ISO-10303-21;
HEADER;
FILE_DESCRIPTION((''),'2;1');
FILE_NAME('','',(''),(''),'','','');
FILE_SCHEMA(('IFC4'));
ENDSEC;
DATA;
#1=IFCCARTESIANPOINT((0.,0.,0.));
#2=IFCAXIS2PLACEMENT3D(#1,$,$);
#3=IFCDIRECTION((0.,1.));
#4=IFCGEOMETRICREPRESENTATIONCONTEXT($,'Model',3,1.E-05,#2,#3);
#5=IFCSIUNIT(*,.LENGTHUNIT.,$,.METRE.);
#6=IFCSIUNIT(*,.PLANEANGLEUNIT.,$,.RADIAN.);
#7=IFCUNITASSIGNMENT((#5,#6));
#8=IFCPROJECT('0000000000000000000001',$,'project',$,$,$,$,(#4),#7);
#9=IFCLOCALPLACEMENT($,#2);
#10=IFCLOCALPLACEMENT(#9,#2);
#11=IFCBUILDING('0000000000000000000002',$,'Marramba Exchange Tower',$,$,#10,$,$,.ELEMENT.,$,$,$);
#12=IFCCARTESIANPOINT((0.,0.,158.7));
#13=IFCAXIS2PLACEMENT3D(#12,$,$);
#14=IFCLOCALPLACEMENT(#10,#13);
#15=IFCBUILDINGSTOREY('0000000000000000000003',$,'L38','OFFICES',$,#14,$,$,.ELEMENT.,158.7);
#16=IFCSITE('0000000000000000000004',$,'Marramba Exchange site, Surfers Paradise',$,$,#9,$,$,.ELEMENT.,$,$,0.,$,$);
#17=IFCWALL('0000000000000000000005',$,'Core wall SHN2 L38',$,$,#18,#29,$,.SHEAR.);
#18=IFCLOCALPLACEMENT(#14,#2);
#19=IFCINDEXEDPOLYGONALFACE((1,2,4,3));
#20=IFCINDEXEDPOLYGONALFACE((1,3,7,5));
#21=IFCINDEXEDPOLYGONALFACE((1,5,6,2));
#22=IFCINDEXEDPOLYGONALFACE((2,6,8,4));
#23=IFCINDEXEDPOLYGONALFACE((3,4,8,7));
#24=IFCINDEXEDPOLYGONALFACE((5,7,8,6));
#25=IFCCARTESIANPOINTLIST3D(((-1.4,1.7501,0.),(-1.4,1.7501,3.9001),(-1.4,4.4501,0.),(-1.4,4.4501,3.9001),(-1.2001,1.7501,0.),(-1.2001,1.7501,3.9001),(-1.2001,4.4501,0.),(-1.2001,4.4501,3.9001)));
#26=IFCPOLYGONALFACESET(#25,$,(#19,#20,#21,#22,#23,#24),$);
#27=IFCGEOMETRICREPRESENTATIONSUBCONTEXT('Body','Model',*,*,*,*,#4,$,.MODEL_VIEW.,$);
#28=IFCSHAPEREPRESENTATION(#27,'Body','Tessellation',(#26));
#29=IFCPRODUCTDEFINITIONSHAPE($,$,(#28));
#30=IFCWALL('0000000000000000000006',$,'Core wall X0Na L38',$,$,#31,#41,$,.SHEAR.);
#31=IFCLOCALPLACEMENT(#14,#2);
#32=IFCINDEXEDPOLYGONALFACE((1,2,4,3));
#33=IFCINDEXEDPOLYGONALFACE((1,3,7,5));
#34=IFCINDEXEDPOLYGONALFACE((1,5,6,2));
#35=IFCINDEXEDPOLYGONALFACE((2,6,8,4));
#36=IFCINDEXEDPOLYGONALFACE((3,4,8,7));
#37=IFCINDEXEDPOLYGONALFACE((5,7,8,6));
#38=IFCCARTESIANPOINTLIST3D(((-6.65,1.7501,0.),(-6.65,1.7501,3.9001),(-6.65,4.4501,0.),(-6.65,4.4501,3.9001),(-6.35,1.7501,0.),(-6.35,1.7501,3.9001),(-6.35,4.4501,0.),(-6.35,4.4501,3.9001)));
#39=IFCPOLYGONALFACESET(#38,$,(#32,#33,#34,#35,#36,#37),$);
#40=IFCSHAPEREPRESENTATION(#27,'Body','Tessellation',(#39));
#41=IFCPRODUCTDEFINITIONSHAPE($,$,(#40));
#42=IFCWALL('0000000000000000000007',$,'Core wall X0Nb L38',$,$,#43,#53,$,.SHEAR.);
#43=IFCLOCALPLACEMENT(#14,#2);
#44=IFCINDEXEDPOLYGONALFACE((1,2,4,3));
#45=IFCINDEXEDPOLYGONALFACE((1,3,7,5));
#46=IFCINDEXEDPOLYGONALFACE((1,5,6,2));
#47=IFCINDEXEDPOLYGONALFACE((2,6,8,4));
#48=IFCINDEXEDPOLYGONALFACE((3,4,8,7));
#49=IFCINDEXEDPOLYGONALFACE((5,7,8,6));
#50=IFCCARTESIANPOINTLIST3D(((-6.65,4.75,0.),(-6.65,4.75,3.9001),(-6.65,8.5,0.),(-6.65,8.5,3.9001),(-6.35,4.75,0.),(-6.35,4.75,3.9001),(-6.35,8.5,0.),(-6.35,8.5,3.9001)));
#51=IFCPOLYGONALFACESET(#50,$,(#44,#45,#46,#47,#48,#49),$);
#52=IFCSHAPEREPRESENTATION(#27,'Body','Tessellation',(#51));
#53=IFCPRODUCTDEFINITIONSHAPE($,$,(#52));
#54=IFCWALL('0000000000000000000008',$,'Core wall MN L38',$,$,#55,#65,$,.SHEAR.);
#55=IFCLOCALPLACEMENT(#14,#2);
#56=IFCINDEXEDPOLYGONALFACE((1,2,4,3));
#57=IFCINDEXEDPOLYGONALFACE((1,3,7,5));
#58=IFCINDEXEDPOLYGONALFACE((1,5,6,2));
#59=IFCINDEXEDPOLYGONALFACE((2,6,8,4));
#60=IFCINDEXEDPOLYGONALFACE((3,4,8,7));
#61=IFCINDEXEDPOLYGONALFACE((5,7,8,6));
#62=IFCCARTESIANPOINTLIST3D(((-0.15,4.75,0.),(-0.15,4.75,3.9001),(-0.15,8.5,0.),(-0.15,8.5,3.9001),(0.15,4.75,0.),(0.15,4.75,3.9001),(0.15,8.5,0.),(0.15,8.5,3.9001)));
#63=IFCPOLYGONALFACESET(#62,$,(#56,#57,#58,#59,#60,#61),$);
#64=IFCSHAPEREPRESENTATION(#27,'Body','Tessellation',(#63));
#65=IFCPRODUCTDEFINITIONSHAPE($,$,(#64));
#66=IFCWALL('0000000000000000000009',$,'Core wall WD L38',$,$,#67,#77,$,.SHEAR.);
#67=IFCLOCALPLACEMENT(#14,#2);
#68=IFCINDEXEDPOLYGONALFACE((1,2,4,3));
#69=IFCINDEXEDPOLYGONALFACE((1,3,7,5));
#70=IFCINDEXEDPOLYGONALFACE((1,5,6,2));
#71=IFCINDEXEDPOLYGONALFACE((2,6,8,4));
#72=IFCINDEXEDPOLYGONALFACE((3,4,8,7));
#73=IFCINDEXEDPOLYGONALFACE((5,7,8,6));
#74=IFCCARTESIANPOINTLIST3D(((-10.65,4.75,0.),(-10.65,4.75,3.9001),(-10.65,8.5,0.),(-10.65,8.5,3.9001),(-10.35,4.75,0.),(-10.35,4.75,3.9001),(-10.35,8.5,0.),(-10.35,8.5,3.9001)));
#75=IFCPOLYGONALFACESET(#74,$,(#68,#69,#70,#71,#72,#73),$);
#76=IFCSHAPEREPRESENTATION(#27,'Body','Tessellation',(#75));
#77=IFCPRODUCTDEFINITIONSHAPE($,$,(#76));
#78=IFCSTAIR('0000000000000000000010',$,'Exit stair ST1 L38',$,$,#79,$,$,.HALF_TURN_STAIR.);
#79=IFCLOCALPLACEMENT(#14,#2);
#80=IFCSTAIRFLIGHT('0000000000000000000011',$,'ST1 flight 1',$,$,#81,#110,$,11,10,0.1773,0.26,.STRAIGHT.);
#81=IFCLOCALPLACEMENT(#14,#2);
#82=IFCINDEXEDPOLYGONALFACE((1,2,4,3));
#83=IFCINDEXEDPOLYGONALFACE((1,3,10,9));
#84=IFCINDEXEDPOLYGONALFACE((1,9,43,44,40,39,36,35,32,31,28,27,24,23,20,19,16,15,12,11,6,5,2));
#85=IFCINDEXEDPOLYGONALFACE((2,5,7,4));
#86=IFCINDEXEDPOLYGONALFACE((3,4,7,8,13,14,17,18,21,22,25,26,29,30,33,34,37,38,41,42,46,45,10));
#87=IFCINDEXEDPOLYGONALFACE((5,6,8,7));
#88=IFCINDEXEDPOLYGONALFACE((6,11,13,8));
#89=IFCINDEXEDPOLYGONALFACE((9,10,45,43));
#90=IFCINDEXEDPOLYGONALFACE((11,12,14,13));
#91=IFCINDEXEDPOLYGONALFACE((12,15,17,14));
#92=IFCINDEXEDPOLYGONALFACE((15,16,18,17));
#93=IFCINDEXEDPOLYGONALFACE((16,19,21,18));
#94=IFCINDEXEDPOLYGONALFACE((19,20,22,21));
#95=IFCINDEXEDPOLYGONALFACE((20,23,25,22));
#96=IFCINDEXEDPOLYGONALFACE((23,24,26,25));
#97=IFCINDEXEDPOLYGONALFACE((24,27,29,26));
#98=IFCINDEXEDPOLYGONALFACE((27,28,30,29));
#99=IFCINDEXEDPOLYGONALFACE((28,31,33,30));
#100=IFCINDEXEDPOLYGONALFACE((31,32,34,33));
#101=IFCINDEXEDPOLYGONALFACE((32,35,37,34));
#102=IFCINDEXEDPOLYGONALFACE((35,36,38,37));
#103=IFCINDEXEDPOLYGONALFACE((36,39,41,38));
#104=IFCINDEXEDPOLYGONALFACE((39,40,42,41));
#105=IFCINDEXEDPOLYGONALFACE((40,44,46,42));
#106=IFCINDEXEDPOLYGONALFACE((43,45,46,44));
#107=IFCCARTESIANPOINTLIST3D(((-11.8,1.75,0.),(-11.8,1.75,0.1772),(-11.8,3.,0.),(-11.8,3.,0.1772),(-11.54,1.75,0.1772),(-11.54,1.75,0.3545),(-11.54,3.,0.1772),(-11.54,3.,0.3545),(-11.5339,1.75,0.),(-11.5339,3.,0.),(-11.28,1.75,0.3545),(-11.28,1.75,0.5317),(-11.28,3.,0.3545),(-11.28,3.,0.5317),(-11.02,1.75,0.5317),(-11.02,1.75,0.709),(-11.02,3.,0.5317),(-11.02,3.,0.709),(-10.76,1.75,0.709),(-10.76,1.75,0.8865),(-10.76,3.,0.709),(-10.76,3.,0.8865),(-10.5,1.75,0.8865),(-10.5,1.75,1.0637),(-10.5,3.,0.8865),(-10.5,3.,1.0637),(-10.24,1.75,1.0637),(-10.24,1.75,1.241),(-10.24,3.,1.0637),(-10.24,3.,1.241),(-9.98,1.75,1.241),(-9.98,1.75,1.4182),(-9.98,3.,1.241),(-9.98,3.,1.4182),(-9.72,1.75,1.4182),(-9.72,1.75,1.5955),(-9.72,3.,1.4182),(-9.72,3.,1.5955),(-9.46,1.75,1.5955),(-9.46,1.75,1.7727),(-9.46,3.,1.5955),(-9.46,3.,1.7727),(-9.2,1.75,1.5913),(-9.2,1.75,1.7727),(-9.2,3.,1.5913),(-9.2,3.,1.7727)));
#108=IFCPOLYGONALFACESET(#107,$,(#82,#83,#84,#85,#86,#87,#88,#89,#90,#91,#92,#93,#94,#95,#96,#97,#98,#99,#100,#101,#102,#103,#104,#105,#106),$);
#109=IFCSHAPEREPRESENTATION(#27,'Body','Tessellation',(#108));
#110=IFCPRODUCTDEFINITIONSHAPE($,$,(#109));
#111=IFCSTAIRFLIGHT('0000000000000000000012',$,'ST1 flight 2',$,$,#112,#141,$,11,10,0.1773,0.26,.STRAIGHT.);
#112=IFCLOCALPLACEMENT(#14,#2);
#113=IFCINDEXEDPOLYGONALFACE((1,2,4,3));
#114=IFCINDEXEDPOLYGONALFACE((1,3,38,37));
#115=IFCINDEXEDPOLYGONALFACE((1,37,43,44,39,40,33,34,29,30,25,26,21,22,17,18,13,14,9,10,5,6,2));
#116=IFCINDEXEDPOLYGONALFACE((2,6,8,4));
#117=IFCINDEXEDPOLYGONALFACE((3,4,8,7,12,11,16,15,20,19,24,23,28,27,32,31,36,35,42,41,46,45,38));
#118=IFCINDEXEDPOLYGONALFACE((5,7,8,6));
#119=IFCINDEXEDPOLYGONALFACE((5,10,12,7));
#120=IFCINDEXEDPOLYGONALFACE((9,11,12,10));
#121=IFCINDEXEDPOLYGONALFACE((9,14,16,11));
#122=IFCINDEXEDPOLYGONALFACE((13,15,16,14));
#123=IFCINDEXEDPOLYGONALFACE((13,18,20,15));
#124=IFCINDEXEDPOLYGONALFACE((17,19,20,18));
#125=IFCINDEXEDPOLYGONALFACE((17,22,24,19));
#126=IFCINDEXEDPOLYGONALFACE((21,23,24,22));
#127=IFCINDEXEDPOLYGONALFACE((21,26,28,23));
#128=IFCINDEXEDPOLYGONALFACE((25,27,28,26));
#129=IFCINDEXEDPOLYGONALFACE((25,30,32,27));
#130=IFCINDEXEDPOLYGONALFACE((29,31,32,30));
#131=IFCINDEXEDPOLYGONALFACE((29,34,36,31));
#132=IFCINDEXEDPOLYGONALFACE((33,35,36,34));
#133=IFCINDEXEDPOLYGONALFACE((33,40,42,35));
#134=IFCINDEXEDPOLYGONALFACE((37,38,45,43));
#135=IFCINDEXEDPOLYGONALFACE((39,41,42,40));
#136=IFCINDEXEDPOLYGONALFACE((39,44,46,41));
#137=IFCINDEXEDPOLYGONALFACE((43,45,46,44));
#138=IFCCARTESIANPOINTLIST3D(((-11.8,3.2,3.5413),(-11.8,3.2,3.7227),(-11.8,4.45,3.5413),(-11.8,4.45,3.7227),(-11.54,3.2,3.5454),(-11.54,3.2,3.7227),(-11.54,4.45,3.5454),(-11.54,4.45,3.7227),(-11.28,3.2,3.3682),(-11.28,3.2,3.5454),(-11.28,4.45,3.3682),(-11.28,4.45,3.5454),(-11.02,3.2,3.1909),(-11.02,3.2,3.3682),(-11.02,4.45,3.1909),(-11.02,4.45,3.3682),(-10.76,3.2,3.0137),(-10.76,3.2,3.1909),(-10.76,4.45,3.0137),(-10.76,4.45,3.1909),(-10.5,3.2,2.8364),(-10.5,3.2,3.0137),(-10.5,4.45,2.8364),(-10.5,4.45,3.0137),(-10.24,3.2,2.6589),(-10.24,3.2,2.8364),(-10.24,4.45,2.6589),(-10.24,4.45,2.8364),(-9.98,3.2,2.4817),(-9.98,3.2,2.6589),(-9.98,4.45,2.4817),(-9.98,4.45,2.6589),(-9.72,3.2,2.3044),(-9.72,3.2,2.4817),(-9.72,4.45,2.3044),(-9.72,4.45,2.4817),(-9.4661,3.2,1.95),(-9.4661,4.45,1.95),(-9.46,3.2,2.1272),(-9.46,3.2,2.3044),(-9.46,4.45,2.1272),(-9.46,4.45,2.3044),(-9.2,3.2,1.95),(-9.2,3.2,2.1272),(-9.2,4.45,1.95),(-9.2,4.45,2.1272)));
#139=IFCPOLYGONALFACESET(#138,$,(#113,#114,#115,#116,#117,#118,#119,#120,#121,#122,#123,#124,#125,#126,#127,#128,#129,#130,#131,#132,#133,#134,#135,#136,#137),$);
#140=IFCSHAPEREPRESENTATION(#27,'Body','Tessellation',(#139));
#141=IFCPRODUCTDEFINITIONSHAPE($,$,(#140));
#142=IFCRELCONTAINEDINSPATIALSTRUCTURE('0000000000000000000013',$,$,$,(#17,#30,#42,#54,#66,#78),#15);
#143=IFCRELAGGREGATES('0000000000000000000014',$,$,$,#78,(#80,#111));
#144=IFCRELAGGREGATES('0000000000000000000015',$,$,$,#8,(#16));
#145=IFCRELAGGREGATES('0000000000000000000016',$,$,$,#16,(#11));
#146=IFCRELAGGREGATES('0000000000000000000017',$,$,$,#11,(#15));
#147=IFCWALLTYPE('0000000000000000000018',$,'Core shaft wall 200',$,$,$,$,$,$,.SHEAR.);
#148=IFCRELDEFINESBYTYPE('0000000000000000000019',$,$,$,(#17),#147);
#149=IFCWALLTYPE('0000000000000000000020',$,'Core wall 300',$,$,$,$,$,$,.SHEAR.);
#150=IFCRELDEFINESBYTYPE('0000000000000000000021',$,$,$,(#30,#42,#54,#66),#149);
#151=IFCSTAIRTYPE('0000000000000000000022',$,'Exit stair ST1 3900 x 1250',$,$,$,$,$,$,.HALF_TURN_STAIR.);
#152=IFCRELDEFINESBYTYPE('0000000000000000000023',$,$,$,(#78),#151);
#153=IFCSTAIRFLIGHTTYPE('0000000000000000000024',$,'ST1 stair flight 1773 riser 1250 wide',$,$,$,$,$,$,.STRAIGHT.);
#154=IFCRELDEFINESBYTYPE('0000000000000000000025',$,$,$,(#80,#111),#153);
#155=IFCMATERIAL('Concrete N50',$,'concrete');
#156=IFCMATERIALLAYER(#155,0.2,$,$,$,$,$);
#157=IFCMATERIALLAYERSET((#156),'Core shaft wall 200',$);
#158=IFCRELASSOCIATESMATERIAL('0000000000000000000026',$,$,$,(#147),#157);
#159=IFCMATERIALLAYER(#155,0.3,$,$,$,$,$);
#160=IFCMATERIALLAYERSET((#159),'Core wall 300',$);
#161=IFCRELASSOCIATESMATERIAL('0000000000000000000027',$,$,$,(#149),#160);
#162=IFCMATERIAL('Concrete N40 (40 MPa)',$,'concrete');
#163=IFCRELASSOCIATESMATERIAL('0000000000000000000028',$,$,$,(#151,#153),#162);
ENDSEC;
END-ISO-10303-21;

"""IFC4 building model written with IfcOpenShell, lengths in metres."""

from ifc_helpers import new_model, si_unit, direction, frame, frame_2d, origin, place, context, subcontext, project, spatial, polyline, rectangle, outline, extrude, material, layer, layer_set, type_object, element, aggregate, save


model = new_model("IFC4")

# Units and contexts
model_context = context("Model", 3, precision=1e-05, world=origin(), true_north=direction((0.0, 1.0)))
body_context = subcontext(model_context, "Body", "Model", "MODEL_VIEW")
ifc_project = project(units=[si_unit("LENGTHUNIT", "METRE"), si_unit("PLANEANGLEUNIT", "RADIAN")], contexts=[model_context])

# Site, building, storey
site_placement = place(None, origin())
site = spatial("IfcSite", under=ifc_project, at=site_placement, Name="Marramba Exchange site, Surfers Paradise", CompositionType="ELEMENT", RefElevation=0.0)
building_placement = place(site_placement, origin())
building = spatial("IfcBuilding", under=site, at=building_placement, Name="Marramba Exchange Tower", CompositionType="ELEMENT")
storey_placement = place(building_placement, frame((0.0, 0.0, 158.7)))
storey = spatial("IfcBuildingStorey", under=building, at=storey_placement, Name="L38", Description="OFFICES", CompositionType="ELEMENT", Elevation=158.7)

# Shared definitions
ifc_material_1 = material(Name="Concrete N50", Category="concrete")

# Walls
ifc_layer_1 = layer(ifc_material_1, 0.2)
ifc_layer_set_1 = layer_set([ifc_layer_1], Name="Core shaft wall 200")
wall_type_1 = type_object("IfcWallType", Name="Core shaft wall 200", PredefinedType="SHEAR", material=ifc_layer_set_1)
for number, where, z_axis, x_axis, name in (
    (1, (-1.3, 1.75, 0.0), (0.0, 0.0, 1.0), (0.0, 1.0, 0.0), "Core wall SHN2 L38"),
):
    element("IfcWall", number, at=place(storey_placement, frame(where, z_axis=z_axis, x_axis=x_axis)), inside=storey, type_object=wall_type_1, Name=name, PredefinedType="SHEAR", context=body_context, shape_type="SweptSolid", body=[
        extrude(rectangle(XDim=2.7, YDim=0.2, at=frame_2d((1.3501, 0.0))), origin(), (0.0, 0.0, 1.0), 3.9001),
    ])
ifc_layer_2 = layer(ifc_material_1, 0.3)
ifc_layer_set_2 = layer_set([ifc_layer_2], Name="Core wall 300")
wall_type_2 = type_object("IfcWallType", Name="Core wall 300", PredefinedType="SHEAR", material=ifc_layer_set_2)
wall_1_placement = place(storey_placement, frame((-6.5, 1.75, 0.0), z_axis=(0.0, 0.0, 1.0), x_axis=(0.0, 1.0, 0.0)))
element("IfcWall", 2, at=wall_1_placement, inside=storey, type_object=wall_type_2, Name="Core wall X0Na L38", PredefinedType="SHEAR", context=body_context, shape_type="SweptSolid", body=[
    extrude(rectangle(XDim=2.7, YDim=0.3, at=frame_2d((1.3501, 0.0))), origin(), (0.0, 0.0, 1.0), 3.9001),
])
for number, where, z_axis, x_axis, name in (
    (3, (-6.5, 4.75, 0.0), (0.0, 0.0, 1.0), (0.0, 1.0, 0.0), "Core wall X0Nb L38"),
    (4, (0.0, 4.75, 0.0), (0.0, 0.0, 1.0), (0.0, 1.0, 0.0), "Core wall MN L38"),
    (5, (-10.5, 4.75, 0.0), (0.0, 0.0, 1.0), (0.0, 1.0, 0.0), "Core wall WD L38"),
):
    element("IfcWall", number, at=place(storey_placement, frame(where, z_axis=z_axis, x_axis=x_axis)), inside=storey, type_object=wall_type_2, Name=name, PredefinedType="SHEAR", context=body_context, shape_type="SweptSolid", body=[
        extrude(rectangle(XDim=3.75, YDim=0.3, at=frame_2d((1.875, 0.0))), origin(), (0.0, 0.0, 1.0), 3.9001),
    ])

# Stair, stair flights
ifc_material_2 = material(Name="Concrete N40 (40 MPa)", Category="concrete")
stair_type = type_object("IfcStairType", Name="Exit stair ST1 3900 x 1250", PredefinedType="HALF_TURN_STAIR", material=ifc_material_2)
stair_placement = place(storey_placement, origin())
stair = element("IfcStair", 6, at=stair_placement, inside=storey, type_object=stair_type, Name="Exit stair ST1 L38", PredefinedType="HALF_TURN_STAIR")
stair_flight_type = type_object("IfcStairFlightType", Name="ST1 stair flight 1773 riser 1250 wide", PredefinedType="STRAIGHT", material=ifc_material_2)
stair_flight_1_placement = place(storey_placement, frame((-11.8, 2.375, 0.0), z_axis=(0.0, 0.0, 1.0), x_axis=(1.0, 0.0, 0.0)))
stair_flight_1 = element("IfcStairFlight", 7, at=stair_flight_1_placement, type_object=stair_flight_type, Name="ST1 flight 1", NumberOfRisers=11, NumberOfTreads=10, PredefinedType="STRAIGHT", RiserHeight=0.1773, TreadLength=0.26, context=body_context, shape_type="SweptSolid", body=[
    extrude(outline(polyline([(0.0, 0.0), (0.0, 0.1772), (0.26, 0.1772), (0.26, 0.3545), (0.52, 0.3545), (0.52, 0.5317), (0.78, 0.5317), (0.78, 0.709), (1.04, 0.709), (1.04, 0.8865), (1.3, 0.8865), (1.3, 1.0637), (1.5601, 1.0637), (1.5601, 1.241), (1.8201, 1.241), (1.8201, 1.4182), (2.0801, 1.4182), (2.0801, 1.5955), (2.3401, 1.5955), (2.3401, 1.7727), (2.6001, 1.7727), (2.6001, 1.95), (2.6001, 1.5913), (0.2661, 0.0), (0.0, 0.0)])), frame((0.0, 0.625, 0.0), z_axis=(0.0, -1.0, 0.0), x_axis=(1.0, 0.0, 0.0)), (0.0, 0.0, 1.0), 1.25),
])
stair_flight_2_placement = place(storey_placement, frame((-9.2, 3.825, 1.95), z_axis=(0.0, 0.0, 1.0), x_axis=(-1.0, 0.0, 0.0)))
stair_flight_2 = element("IfcStairFlight", 8, at=stair_flight_2_placement, type_object=stair_flight_type, Name="ST1 flight 2", NumberOfRisers=11, NumberOfTreads=10, PredefinedType="STRAIGHT", RiserHeight=0.1773, TreadLength=0.26, context=body_context, shape_type="SweptSolid", body=[
    extrude(outline(polyline([(0.0, 0.0), (0.0, 0.1772), (0.26, 0.1772), (0.26, 0.3545), (0.52, 0.3545), (0.52, 0.5317), (0.78, 0.5317), (0.78, 0.709), (1.04, 0.709), (1.04, 0.8865), (1.3, 0.8865), (1.3, 1.0637), (1.5601, 1.0637), (1.5601, 1.241), (1.8201, 1.241), (1.8201, 1.4182), (2.0801, 1.4182), (2.0801, 1.5955), (2.3401, 1.5955), (2.3401, 1.7727), (2.6001, 1.7727), (2.6001, 1.95), (2.6001, 1.5913), (0.2661, 0.0), (0.0, 0.0)])), frame((0.0, 0.625, 0.0), z_axis=(0.0, -1.0, 0.0), x_axis=(1.0, 0.0, 0.0)), (0.0, 0.0, 1.0), 1.25),
])
aggregate(stair, [stair_flight_1, stair_flight_2])

save(model, "model.ifc")
